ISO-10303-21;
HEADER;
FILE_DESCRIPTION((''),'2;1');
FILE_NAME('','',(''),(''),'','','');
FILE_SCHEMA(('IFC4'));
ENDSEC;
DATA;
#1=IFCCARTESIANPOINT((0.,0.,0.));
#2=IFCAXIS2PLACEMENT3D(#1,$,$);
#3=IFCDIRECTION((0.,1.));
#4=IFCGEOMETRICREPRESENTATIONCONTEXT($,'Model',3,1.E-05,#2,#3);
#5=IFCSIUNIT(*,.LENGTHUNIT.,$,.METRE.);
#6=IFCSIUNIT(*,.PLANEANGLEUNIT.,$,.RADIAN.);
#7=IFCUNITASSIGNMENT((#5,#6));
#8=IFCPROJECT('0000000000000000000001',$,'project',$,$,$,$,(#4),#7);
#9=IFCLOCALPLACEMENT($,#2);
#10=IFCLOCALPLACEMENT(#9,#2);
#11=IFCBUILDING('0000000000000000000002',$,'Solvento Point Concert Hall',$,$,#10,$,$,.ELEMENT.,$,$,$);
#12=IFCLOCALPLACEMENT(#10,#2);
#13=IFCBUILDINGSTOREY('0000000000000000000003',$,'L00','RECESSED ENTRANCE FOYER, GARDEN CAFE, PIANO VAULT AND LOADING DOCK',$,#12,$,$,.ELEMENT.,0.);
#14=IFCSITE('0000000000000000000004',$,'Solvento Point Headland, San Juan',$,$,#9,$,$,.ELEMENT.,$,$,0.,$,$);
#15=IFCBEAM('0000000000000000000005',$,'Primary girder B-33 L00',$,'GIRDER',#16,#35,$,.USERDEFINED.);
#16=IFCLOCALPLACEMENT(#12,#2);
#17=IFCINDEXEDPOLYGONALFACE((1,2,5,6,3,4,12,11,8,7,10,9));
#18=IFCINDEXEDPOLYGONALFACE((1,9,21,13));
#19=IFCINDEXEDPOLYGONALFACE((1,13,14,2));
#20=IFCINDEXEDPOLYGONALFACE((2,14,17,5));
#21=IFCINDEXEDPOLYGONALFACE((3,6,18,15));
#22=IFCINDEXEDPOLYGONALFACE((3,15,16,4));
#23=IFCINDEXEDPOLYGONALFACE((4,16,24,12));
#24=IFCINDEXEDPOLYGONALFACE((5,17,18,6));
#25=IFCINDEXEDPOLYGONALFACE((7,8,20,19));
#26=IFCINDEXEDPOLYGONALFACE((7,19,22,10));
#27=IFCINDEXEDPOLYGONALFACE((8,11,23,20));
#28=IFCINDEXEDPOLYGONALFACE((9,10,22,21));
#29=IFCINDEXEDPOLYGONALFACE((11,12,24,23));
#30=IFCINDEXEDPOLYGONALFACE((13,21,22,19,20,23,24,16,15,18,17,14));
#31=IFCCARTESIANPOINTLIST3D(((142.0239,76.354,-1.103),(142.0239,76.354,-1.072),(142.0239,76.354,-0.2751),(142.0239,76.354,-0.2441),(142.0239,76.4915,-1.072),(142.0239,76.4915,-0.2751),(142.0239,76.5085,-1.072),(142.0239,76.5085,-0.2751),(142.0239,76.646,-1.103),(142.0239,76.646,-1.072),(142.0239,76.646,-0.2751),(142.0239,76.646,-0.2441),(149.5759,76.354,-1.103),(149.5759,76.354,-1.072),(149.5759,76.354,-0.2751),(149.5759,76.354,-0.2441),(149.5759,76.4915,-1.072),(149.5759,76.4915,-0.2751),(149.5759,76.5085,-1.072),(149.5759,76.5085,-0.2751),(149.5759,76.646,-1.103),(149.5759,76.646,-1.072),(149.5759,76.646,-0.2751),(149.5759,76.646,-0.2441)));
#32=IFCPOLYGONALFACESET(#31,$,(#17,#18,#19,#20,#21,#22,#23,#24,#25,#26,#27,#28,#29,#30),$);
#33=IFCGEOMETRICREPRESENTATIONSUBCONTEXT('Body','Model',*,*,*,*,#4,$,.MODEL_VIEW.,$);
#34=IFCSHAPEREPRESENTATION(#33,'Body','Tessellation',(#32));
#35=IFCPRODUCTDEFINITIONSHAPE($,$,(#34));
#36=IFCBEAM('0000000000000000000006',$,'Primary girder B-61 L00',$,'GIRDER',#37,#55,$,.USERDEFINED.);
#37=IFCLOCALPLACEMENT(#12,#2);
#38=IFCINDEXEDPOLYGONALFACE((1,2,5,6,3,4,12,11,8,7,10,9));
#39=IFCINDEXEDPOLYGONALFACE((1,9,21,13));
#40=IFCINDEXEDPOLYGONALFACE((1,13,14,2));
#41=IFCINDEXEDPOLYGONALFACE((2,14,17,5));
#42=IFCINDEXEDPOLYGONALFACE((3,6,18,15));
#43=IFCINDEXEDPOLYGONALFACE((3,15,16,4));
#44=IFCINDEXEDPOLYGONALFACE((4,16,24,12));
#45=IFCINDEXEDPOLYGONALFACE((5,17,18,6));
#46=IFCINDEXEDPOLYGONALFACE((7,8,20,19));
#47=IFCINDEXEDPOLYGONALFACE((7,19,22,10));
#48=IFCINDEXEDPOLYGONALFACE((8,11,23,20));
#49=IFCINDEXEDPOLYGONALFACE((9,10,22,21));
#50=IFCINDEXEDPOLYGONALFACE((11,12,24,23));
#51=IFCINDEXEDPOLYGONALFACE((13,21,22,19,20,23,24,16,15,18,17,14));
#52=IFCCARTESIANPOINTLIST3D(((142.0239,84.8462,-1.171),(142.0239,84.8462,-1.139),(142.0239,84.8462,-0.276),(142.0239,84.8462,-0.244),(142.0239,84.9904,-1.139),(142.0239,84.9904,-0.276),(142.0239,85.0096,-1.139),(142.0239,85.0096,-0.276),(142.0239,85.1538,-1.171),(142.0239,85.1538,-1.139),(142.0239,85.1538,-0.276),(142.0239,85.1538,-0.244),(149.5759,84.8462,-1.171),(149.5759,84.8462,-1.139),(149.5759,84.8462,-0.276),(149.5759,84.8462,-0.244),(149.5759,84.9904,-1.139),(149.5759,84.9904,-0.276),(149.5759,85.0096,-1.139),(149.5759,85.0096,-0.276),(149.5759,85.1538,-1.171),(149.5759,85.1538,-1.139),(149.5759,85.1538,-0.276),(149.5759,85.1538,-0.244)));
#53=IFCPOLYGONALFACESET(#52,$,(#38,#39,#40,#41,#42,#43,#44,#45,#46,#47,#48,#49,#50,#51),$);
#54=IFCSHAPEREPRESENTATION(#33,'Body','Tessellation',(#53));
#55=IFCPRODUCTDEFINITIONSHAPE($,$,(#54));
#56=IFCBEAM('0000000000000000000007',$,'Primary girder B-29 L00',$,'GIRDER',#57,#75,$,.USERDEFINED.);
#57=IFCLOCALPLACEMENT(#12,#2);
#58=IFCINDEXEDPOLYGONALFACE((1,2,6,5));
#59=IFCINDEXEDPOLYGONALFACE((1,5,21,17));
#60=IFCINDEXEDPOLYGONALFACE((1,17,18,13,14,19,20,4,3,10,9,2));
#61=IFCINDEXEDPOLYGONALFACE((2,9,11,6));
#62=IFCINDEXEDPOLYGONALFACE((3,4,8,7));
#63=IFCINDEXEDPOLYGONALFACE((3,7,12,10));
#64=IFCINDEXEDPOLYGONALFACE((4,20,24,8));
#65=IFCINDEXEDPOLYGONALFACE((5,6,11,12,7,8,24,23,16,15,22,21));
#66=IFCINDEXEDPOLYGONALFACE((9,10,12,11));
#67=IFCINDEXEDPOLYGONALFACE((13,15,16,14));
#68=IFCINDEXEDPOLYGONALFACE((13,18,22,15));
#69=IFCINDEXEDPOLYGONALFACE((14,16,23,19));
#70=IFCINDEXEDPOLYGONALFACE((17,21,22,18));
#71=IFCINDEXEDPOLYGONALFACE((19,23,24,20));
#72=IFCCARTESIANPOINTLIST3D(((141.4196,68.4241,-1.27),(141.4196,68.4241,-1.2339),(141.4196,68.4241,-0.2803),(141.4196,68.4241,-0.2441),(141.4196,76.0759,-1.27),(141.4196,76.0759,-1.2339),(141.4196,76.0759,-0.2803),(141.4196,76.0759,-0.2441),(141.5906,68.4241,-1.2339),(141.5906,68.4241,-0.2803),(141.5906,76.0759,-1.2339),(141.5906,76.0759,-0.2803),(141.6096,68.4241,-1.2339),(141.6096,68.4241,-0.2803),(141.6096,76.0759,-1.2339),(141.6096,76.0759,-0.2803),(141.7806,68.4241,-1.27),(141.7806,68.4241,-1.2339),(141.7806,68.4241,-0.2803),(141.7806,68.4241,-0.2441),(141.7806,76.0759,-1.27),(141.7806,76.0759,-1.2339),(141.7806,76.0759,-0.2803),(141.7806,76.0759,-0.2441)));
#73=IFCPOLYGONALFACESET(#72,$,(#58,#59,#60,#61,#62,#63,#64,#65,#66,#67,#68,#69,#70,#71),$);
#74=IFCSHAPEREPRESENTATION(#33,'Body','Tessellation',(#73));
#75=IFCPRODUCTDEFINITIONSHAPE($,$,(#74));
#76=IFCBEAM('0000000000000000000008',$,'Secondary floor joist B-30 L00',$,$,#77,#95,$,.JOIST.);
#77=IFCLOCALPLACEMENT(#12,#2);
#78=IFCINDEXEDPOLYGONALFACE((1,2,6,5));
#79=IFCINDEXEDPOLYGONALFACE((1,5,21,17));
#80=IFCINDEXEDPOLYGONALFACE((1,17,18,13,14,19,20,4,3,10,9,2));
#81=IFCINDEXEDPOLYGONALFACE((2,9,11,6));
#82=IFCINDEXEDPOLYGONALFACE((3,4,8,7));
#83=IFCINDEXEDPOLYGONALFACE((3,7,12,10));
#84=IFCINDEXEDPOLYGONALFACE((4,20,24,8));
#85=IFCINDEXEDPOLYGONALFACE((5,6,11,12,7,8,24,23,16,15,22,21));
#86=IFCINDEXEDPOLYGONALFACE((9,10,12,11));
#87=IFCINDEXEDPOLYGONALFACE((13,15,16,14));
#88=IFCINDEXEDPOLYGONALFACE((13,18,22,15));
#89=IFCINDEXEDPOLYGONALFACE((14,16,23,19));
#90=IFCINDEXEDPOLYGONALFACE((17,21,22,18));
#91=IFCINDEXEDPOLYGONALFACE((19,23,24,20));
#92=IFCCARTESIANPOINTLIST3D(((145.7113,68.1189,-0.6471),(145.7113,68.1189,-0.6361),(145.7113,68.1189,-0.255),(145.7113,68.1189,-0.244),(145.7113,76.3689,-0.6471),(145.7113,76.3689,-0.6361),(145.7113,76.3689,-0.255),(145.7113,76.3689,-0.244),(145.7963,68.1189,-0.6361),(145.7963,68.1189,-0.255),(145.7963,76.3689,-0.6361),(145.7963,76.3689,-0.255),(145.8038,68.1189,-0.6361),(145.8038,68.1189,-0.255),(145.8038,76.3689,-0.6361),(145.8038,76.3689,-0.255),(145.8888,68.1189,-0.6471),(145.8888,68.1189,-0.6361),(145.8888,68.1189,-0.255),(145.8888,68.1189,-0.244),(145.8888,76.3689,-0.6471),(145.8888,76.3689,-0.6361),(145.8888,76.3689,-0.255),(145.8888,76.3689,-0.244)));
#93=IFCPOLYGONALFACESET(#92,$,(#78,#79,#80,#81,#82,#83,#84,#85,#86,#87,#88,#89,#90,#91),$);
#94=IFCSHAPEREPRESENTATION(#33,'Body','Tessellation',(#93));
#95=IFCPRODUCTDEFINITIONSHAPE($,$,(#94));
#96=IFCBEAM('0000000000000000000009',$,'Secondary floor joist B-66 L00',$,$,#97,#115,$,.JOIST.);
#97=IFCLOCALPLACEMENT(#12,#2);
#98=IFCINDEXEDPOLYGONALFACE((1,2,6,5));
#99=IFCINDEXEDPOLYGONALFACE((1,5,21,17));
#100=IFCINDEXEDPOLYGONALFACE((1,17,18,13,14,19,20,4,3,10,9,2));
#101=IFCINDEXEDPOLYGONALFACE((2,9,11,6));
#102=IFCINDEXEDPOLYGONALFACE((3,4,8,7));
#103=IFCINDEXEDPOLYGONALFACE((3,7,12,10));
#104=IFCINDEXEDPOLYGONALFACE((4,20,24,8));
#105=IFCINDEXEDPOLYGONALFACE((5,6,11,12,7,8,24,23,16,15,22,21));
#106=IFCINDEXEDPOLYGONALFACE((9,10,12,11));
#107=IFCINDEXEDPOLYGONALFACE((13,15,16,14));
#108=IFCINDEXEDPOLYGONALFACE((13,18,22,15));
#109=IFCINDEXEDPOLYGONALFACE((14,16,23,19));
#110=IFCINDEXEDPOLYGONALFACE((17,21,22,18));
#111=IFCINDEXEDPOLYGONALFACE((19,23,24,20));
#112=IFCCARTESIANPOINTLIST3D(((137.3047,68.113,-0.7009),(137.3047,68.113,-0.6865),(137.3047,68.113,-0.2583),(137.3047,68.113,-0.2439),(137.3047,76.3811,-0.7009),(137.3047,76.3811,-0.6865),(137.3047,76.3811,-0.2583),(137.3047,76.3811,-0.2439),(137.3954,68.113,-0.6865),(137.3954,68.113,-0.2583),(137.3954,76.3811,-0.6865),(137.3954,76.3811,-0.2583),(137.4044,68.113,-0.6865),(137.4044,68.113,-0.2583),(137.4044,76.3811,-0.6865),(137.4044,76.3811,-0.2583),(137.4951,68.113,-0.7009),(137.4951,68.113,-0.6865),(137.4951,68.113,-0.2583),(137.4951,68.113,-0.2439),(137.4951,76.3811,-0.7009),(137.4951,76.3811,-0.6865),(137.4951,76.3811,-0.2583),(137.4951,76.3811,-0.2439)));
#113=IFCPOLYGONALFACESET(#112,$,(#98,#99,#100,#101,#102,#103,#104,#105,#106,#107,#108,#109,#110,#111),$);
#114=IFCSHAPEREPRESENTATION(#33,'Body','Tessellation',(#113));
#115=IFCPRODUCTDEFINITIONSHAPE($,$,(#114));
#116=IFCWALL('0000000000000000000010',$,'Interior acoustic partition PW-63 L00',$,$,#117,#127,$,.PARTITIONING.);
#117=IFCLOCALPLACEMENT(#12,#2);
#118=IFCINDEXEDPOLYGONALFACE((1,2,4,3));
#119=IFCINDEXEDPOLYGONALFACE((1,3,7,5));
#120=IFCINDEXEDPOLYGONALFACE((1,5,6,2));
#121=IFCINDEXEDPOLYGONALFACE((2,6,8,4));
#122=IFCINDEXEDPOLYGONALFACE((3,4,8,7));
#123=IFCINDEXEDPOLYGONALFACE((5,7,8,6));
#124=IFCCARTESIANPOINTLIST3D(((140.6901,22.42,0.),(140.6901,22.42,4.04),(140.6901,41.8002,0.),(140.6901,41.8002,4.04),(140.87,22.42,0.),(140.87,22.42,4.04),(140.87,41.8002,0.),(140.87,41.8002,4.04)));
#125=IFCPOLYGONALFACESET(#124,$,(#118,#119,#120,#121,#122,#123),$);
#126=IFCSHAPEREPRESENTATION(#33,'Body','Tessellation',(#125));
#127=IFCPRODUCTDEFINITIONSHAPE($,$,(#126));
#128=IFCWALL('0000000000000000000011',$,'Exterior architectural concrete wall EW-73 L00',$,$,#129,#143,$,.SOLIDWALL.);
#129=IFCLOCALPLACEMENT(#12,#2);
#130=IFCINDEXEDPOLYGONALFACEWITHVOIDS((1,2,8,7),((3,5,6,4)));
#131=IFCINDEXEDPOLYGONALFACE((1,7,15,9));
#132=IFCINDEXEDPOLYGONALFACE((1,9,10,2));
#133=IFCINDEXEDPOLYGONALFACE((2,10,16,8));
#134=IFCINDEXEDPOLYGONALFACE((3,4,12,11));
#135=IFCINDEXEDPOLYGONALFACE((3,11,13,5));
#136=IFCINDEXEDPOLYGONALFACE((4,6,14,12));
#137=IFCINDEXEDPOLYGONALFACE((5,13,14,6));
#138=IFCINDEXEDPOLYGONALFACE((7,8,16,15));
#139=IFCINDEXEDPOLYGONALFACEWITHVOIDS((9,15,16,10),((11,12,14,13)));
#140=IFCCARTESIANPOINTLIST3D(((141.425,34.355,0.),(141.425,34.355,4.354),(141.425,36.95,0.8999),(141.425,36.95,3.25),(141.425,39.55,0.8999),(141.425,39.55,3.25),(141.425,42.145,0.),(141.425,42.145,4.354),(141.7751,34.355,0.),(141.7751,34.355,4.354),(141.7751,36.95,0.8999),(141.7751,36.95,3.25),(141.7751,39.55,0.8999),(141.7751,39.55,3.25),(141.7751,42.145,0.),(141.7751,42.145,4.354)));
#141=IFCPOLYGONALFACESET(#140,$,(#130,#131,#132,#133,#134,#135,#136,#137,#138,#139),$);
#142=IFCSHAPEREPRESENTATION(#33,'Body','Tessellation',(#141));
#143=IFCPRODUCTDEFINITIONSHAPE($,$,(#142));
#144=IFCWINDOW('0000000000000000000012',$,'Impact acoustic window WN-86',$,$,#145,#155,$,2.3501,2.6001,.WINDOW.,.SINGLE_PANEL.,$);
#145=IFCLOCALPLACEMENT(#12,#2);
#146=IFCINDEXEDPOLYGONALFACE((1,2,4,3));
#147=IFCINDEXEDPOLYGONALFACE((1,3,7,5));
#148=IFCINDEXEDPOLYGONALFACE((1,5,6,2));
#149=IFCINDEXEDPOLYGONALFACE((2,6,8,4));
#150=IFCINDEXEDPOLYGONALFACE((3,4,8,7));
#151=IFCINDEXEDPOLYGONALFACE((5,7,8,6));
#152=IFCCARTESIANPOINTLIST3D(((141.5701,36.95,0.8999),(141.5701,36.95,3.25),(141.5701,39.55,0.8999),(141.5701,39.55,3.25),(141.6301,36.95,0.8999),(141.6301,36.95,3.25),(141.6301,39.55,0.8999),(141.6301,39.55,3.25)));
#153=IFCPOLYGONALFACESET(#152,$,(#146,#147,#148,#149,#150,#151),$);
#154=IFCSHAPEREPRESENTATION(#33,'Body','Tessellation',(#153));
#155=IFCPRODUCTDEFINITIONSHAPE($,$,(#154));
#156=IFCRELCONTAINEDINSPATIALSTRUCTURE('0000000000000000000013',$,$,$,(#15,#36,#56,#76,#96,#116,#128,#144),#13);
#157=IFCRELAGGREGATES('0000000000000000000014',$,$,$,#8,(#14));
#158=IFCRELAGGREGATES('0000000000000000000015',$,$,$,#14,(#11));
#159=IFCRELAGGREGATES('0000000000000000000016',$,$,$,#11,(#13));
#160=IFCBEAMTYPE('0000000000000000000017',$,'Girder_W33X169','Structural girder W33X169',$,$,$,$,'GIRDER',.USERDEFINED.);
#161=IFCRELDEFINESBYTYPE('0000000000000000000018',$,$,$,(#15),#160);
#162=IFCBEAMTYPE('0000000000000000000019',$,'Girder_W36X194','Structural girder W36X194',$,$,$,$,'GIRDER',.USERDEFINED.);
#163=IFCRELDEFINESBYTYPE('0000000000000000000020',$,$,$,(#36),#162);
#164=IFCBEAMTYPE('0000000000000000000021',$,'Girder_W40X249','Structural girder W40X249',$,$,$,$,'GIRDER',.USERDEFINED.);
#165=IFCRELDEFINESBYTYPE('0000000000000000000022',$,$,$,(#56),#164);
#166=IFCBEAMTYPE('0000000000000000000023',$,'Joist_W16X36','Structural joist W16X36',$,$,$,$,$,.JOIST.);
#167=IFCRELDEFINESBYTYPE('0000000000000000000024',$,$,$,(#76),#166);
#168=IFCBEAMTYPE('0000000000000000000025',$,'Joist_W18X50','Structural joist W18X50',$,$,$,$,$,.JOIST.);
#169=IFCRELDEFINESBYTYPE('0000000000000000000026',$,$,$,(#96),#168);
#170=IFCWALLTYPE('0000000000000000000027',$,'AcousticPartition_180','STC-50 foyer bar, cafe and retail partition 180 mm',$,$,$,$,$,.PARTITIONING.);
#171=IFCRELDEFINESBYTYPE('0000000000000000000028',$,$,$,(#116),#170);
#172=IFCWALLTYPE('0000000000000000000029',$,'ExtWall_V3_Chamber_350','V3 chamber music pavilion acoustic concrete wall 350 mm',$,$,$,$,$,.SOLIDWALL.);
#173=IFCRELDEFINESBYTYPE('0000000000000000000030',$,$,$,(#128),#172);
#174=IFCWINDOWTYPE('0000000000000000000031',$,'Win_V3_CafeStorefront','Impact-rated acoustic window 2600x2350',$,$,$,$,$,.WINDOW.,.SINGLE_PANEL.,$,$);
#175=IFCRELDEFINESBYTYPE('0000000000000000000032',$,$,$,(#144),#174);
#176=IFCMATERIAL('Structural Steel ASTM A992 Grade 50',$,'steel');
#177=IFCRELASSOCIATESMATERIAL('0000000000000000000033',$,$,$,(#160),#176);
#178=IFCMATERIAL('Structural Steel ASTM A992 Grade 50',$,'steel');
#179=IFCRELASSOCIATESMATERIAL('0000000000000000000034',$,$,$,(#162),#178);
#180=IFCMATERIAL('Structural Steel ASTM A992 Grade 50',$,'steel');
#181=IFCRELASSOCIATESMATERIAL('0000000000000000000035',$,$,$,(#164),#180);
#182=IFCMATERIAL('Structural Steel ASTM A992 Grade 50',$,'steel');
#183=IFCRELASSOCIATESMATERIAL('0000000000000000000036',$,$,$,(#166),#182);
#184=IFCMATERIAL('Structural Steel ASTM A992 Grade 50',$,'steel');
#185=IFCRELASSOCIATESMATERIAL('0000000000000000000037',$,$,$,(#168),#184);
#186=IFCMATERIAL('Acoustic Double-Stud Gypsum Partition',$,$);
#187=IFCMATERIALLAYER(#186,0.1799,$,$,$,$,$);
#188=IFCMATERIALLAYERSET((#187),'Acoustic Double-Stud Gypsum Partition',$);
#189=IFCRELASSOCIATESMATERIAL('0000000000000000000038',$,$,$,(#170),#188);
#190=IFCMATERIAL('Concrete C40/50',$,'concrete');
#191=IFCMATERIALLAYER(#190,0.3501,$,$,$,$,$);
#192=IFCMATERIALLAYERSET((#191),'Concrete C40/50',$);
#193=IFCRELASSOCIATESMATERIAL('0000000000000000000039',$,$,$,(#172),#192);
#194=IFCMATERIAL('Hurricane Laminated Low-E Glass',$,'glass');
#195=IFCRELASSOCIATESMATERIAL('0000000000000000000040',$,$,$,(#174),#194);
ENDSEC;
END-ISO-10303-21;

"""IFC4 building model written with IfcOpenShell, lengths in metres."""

from ifc_helpers import new_model, si_unit, direction, frame, frame_2d, origin, origin_2d, place, context, subcontext, project, spatial, rectangle, i_section, extrude, material, layer, layer_set, material_profile, profile_set, type_object, element, fill, save


model = new_model("IFC4")

# Units and contexts
model_context = context("Model", 3, precision=1e-05, world=origin(), true_north=direction((0.0, 1.0)))
body_context = subcontext(model_context, "Body", "Model", "MODEL_VIEW")
ifc_project = project(units=[si_unit("LENGTHUNIT", "METRE"), si_unit("PLANEANGLEUNIT", "RADIAN")], contexts=[model_context])

# Site, building, storey
site_placement = place(None, origin())
site = spatial("IfcSite", under=ifc_project, at=site_placement, Name="Solvento Point Headland, San Juan", CompositionType="ELEMENT", RefElevation=0.0)
building_placement = place(site_placement, origin())
building = spatial("IfcBuilding", under=site, at=building_placement, Name="Solvento Point Concert Hall", CompositionType="ELEMENT")
storey_placement = place(building_placement, origin())
storey = spatial("IfcBuildingStorey", under=building, at=storey_placement, Name="L00", Description="RECESSED ENTRANCE FOYER, GARDEN CAFE, PIANO VAULT AND LOADING DOCK", CompositionType="ELEMENT", Elevation=0.0)

# Beams
ifc_material_1 = material(Name="Structural Steel ASTM A992 Grade 50", Category="steel")
ifc_material_profile_1 = material_profile(ifc_material_1, i_section(OverallWidth=0.292, OverallDepth=0.8589, WebThickness=0.0171, FlangeThickness=0.031, at=origin_2d()), Name="W33X169")
ifc_profile_set_1 = profile_set([ifc_material_profile_1], Name="Structural Steel ASTM A992 Grade 50")
beam_type_1 = type_object("IfcBeamType", Name="Girder_W33X169", Description="Structural girder W33X169", ElementType="GIRDER", PredefinedType="USERDEFINED", material=ifc_profile_set_1)
beam_1_placement = place(storey_placement, frame((142.0239, 76.5, -0.6736), z_axis=(1.0, 0.0, 0.0), x_axis=(0.0, 1.0, 0.0)))
element("IfcBeam", 1, at=beam_1_placement, inside=storey, type_object=beam_type_1, Name="Primary girder B-33 L00", ObjectType="GIRDER", PredefinedType="USERDEFINED", context=body_context, shape_type="SweptSolid", body=[
    extrude(i_section(OverallWidth=0.292, OverallDepth=0.8589, WebThickness=0.0171, FlangeThickness=0.031, at=origin_2d()), origin(), (0.0, 0.0, 1.0), 7.552),
])
ifc_material_2 = material(Name="Structural Steel ASTM A992 Grade 50", Category="steel")
ifc_material_profile_2 = material_profile(ifc_material_2, i_section(OverallWidth=0.3076, OverallDepth=0.927, WebThickness=0.0193, FlangeThickness=0.032, at=origin_2d()), Name="W36X194")
ifc_profile_set_2 = profile_set([ifc_material_profile_2], Name="Structural Steel ASTM A992 Grade 50")
beam_type_2 = type_object("IfcBeamType", Name="Girder_W36X194", Description="Structural girder W36X194", ElementType="GIRDER", PredefinedType="USERDEFINED", material=ifc_profile_set_2)
beam_2_placement = place(storey_placement, frame((142.0239, 85.0, -0.7075), z_axis=(1.0, 0.0, 0.0), x_axis=(0.0, 1.0, 0.0)))
element("IfcBeam", 2, at=beam_2_placement, inside=storey, type_object=beam_type_2, Name="Primary girder B-61 L00", ObjectType="GIRDER", PredefinedType="USERDEFINED", context=body_context, shape_type="SweptSolid", body=[
    extrude(i_section(OverallWidth=0.3076, OverallDepth=0.927, WebThickness=0.0193, FlangeThickness=0.032, at=origin_2d()), origin(), (0.0, 0.0, 1.0), 7.552),
])
ifc_material_3 = material(Name="Structural Steel ASTM A992 Grade 50", Category="steel")
ifc_material_profile_3 = material_profile(ifc_material_3, i_section(OverallWidth=0.3611, OverallDepth=1.0259, WebThickness=0.019, FlangeThickness=0.0361, at=origin_2d()), Name="W40X249")
ifc_profile_set_3 = profile_set([ifc_material_profile_3], Name="Structural Steel ASTM A992 Grade 50")
beam_type_3 = type_object("IfcBeamType", Name="Girder_W40X249", Description="Structural girder W40X249", ElementType="GIRDER", PredefinedType="USERDEFINED", material=ifc_profile_set_3)
beam_3_placement = place(storey_placement, frame((141.6001, 68.4241, -0.7571), z_axis=(0.0, 1.0, 0.0), x_axis=(-1.0, 0.0, 0.0)))
element("IfcBeam", 3, at=beam_3_placement, inside=storey, type_object=beam_type_3, Name="Primary girder B-29 L00", ObjectType="GIRDER", PredefinedType="USERDEFINED", context=body_context, shape_type="SweptSolid", body=[
    extrude(i_section(OverallWidth=0.3611, OverallDepth=1.0259, WebThickness=0.019, FlangeThickness=0.0361, at=origin_2d()), origin(), (0.0, 0.0, 1.0), 7.6519),
])
ifc_material_4 = material(Name="Structural Steel ASTM A992 Grade 50", Category="steel")
ifc_material_profile_4 = material_profile(ifc_material_4, i_section(OverallWidth=0.1775, OverallDepth=0.4031, WebThickness=0.0076, FlangeThickness=0.011, at=origin_2d()), Name="W16X36")
ifc_profile_set_4 = profile_set([ifc_material_profile_4], Name="Structural Steel ASTM A992 Grade 50")
beam_type_4 = type_object("IfcBeamType", Name="Joist_W16X36", Description="Structural joist W16X36", PredefinedType="JOIST", material=ifc_profile_set_4)
beam_4_placement = place(storey_placement, frame((145.8, 68.1189, -0.4456), z_axis=(0.0, 1.0, 0.0), x_axis=(-1.0, 0.0, 0.0)))
element("IfcBeam", 4, at=beam_4_placement, inside=storey, type_object=beam_type_4, Name="Secondary floor joist B-30 L00", PredefinedType="JOIST", context=body_context, shape_type="SweptSolid", body=[
    extrude(i_section(OverallWidth=0.1775, OverallDepth=0.4031, WebThickness=0.0076, FlangeThickness=0.011, at=origin_2d()), origin(), (0.0, 0.0, 1.0), 8.25),
])
ifc_material_5 = material(Name="Structural Steel ASTM A992 Grade 50", Category="steel")
ifc_material_profile_5 = material_profile(ifc_material_5, i_section(OverallWidth=0.1904, OverallDepth=0.457, WebThickness=0.009, FlangeThickness=0.0144, at=origin_2d()), Name="W18X50")
ifc_profile_set_5 = profile_set([ifc_material_profile_5], Name="Structural Steel ASTM A992 Grade 50")
beam_type_5 = type_object("IfcBeamType", Name="Joist_W18X50", Description="Structural joist W18X50", PredefinedType="JOIST", material=ifc_profile_set_5)
beam_5_placement = place(storey_placement, frame((137.3999, 68.113, -0.4724), z_axis=(0.0, 1.0, 0.0), x_axis=(-1.0, 0.0, 0.0)))
element("IfcBeam", 5, at=beam_5_placement, inside=storey, type_object=beam_type_5, Name="Secondary floor joist B-66 L00", PredefinedType="JOIST", context=body_context, shape_type="SweptSolid", body=[
    extrude(i_section(OverallWidth=0.1904, OverallDepth=0.457, WebThickness=0.009, FlangeThickness=0.0144, at=origin_2d()), origin(), (0.0, 0.0, 1.0), 8.2681),
])

# Wall
ifc_material_6 = material(Name="Acoustic Double-Stud Gypsum Partition")
ifc_layer_1 = layer(ifc_material_6, 0.1799)
ifc_layer_set_1 = layer_set([ifc_layer_1], Name="Acoustic Double-Stud Gypsum Partition")
wall_type_1 = type_object("IfcWallType", Name="AcousticPartition_180", Description="STC-50 foyer bar, cafe and retail partition 180 mm", PredefinedType="PARTITIONING", material=ifc_layer_set_1)
wall_1_placement = place(storey_placement, frame((140.78, 41.8, 0.0), z_axis=(0.0, 0.0, 1.0), x_axis=(0.0, -1.0, 0.0)))
element("IfcWall", 6, at=wall_1_placement, inside=storey, type_object=wall_type_1, Name="Interior acoustic partition PW-63 L00", PredefinedType="PARTITIONING", context=body_context, shape_type="SweptSolid", body=[
    extrude(rectangle(XDim=19.3801, YDim=0.1799, at=frame_2d((9.6899, 0.0))), origin(), (0.0, 0.0, 1.0), 4.04),
])

# Wall, opening, window
ifc_material_7 = material(Name="Concrete C40/50", Category="concrete")
ifc_layer_2 = layer(ifc_material_7, 0.3501)
ifc_layer_set_2 = layer_set([ifc_layer_2], Name="Concrete C40/50")
wall_type_2 = type_object("IfcWallType", Name="ExtWall_V3_Chamber_350", Description="V3 chamber music pavilion acoustic concrete wall 350 mm", PredefinedType="SOLIDWALL", material=ifc_layer_set_2)
wall_2_placement = place(storey_placement, frame((141.6001, 42.145, 0.0), z_axis=(0.0, 0.0, 1.0), x_axis=(0.0, -1.0, 0.0)))
wall_2 = element("IfcWall", 7, at=wall_2_placement, inside=storey, type_object=wall_type_2, Name="Exterior architectural concrete wall EW-73 L00", PredefinedType="SOLIDWALL", context=body_context, shape_type="SweptSolid", body=[
    extrude(rectangle(XDim=7.79, YDim=0.3501, at=frame_2d((3.895, 0.0))), origin(), (0.0, 0.0, 1.0), 4.354),
])
opening_1_placement = place(wall_2_placement, frame((2.595, 0.0, 0.8999)))
opening_1 = element("IfcOpeningElement", 8, at=opening_1_placement, cuts=wall_2, PredefinedType="OPENING", context=body_context, shape_type="SweptSolid", body=[
    extrude(rectangle(XDim=2.6001, YDim=2.3501, at=frame_2d((1.3, 1.175))), frame((0.0, 0.1851, 0.0), z_axis=(0.0, -1.0, 0.0), x_axis=(1.0, 0.0, 0.0)), (0.0, 0.0, 1.0), 0.3701),
])
ifc_material_8 = material(Name="Hurricane Laminated Low-E Glass", Category="glass")
window_type_1 = type_object("IfcWindowType", Name="Win_V3_CafeStorefront", Description="Impact-rated acoustic window 2600x2350", PartitioningType="SINGLE_PANEL", PredefinedType="WINDOW", material=ifc_material_8)
window_1_placement = place(opening_1_placement, origin())
window_1 = element("IfcWindow", 9, at=window_1_placement, inside=storey, type_object=window_type_1, Name="Impact acoustic window WN-86", OverallHeight=2.3501, OverallWidth=2.6001, PartitioningType="SINGLE_PANEL", PredefinedType="WINDOW", context=body_context, shape_type="SweptSolid", body=[
    extrude(rectangle(XDim=2.6001, YDim=2.3501, at=frame_2d((1.3, 1.175))), frame((0.0, 0.03, 0.0), z_axis=(0.0, -1.0, 0.0), x_axis=(1.0, 0.0, 0.0)), (0.0, 0.0, 1.0), 0.0601),
])
fill(opening_1, window_1)

save(model, "model.ifc")
